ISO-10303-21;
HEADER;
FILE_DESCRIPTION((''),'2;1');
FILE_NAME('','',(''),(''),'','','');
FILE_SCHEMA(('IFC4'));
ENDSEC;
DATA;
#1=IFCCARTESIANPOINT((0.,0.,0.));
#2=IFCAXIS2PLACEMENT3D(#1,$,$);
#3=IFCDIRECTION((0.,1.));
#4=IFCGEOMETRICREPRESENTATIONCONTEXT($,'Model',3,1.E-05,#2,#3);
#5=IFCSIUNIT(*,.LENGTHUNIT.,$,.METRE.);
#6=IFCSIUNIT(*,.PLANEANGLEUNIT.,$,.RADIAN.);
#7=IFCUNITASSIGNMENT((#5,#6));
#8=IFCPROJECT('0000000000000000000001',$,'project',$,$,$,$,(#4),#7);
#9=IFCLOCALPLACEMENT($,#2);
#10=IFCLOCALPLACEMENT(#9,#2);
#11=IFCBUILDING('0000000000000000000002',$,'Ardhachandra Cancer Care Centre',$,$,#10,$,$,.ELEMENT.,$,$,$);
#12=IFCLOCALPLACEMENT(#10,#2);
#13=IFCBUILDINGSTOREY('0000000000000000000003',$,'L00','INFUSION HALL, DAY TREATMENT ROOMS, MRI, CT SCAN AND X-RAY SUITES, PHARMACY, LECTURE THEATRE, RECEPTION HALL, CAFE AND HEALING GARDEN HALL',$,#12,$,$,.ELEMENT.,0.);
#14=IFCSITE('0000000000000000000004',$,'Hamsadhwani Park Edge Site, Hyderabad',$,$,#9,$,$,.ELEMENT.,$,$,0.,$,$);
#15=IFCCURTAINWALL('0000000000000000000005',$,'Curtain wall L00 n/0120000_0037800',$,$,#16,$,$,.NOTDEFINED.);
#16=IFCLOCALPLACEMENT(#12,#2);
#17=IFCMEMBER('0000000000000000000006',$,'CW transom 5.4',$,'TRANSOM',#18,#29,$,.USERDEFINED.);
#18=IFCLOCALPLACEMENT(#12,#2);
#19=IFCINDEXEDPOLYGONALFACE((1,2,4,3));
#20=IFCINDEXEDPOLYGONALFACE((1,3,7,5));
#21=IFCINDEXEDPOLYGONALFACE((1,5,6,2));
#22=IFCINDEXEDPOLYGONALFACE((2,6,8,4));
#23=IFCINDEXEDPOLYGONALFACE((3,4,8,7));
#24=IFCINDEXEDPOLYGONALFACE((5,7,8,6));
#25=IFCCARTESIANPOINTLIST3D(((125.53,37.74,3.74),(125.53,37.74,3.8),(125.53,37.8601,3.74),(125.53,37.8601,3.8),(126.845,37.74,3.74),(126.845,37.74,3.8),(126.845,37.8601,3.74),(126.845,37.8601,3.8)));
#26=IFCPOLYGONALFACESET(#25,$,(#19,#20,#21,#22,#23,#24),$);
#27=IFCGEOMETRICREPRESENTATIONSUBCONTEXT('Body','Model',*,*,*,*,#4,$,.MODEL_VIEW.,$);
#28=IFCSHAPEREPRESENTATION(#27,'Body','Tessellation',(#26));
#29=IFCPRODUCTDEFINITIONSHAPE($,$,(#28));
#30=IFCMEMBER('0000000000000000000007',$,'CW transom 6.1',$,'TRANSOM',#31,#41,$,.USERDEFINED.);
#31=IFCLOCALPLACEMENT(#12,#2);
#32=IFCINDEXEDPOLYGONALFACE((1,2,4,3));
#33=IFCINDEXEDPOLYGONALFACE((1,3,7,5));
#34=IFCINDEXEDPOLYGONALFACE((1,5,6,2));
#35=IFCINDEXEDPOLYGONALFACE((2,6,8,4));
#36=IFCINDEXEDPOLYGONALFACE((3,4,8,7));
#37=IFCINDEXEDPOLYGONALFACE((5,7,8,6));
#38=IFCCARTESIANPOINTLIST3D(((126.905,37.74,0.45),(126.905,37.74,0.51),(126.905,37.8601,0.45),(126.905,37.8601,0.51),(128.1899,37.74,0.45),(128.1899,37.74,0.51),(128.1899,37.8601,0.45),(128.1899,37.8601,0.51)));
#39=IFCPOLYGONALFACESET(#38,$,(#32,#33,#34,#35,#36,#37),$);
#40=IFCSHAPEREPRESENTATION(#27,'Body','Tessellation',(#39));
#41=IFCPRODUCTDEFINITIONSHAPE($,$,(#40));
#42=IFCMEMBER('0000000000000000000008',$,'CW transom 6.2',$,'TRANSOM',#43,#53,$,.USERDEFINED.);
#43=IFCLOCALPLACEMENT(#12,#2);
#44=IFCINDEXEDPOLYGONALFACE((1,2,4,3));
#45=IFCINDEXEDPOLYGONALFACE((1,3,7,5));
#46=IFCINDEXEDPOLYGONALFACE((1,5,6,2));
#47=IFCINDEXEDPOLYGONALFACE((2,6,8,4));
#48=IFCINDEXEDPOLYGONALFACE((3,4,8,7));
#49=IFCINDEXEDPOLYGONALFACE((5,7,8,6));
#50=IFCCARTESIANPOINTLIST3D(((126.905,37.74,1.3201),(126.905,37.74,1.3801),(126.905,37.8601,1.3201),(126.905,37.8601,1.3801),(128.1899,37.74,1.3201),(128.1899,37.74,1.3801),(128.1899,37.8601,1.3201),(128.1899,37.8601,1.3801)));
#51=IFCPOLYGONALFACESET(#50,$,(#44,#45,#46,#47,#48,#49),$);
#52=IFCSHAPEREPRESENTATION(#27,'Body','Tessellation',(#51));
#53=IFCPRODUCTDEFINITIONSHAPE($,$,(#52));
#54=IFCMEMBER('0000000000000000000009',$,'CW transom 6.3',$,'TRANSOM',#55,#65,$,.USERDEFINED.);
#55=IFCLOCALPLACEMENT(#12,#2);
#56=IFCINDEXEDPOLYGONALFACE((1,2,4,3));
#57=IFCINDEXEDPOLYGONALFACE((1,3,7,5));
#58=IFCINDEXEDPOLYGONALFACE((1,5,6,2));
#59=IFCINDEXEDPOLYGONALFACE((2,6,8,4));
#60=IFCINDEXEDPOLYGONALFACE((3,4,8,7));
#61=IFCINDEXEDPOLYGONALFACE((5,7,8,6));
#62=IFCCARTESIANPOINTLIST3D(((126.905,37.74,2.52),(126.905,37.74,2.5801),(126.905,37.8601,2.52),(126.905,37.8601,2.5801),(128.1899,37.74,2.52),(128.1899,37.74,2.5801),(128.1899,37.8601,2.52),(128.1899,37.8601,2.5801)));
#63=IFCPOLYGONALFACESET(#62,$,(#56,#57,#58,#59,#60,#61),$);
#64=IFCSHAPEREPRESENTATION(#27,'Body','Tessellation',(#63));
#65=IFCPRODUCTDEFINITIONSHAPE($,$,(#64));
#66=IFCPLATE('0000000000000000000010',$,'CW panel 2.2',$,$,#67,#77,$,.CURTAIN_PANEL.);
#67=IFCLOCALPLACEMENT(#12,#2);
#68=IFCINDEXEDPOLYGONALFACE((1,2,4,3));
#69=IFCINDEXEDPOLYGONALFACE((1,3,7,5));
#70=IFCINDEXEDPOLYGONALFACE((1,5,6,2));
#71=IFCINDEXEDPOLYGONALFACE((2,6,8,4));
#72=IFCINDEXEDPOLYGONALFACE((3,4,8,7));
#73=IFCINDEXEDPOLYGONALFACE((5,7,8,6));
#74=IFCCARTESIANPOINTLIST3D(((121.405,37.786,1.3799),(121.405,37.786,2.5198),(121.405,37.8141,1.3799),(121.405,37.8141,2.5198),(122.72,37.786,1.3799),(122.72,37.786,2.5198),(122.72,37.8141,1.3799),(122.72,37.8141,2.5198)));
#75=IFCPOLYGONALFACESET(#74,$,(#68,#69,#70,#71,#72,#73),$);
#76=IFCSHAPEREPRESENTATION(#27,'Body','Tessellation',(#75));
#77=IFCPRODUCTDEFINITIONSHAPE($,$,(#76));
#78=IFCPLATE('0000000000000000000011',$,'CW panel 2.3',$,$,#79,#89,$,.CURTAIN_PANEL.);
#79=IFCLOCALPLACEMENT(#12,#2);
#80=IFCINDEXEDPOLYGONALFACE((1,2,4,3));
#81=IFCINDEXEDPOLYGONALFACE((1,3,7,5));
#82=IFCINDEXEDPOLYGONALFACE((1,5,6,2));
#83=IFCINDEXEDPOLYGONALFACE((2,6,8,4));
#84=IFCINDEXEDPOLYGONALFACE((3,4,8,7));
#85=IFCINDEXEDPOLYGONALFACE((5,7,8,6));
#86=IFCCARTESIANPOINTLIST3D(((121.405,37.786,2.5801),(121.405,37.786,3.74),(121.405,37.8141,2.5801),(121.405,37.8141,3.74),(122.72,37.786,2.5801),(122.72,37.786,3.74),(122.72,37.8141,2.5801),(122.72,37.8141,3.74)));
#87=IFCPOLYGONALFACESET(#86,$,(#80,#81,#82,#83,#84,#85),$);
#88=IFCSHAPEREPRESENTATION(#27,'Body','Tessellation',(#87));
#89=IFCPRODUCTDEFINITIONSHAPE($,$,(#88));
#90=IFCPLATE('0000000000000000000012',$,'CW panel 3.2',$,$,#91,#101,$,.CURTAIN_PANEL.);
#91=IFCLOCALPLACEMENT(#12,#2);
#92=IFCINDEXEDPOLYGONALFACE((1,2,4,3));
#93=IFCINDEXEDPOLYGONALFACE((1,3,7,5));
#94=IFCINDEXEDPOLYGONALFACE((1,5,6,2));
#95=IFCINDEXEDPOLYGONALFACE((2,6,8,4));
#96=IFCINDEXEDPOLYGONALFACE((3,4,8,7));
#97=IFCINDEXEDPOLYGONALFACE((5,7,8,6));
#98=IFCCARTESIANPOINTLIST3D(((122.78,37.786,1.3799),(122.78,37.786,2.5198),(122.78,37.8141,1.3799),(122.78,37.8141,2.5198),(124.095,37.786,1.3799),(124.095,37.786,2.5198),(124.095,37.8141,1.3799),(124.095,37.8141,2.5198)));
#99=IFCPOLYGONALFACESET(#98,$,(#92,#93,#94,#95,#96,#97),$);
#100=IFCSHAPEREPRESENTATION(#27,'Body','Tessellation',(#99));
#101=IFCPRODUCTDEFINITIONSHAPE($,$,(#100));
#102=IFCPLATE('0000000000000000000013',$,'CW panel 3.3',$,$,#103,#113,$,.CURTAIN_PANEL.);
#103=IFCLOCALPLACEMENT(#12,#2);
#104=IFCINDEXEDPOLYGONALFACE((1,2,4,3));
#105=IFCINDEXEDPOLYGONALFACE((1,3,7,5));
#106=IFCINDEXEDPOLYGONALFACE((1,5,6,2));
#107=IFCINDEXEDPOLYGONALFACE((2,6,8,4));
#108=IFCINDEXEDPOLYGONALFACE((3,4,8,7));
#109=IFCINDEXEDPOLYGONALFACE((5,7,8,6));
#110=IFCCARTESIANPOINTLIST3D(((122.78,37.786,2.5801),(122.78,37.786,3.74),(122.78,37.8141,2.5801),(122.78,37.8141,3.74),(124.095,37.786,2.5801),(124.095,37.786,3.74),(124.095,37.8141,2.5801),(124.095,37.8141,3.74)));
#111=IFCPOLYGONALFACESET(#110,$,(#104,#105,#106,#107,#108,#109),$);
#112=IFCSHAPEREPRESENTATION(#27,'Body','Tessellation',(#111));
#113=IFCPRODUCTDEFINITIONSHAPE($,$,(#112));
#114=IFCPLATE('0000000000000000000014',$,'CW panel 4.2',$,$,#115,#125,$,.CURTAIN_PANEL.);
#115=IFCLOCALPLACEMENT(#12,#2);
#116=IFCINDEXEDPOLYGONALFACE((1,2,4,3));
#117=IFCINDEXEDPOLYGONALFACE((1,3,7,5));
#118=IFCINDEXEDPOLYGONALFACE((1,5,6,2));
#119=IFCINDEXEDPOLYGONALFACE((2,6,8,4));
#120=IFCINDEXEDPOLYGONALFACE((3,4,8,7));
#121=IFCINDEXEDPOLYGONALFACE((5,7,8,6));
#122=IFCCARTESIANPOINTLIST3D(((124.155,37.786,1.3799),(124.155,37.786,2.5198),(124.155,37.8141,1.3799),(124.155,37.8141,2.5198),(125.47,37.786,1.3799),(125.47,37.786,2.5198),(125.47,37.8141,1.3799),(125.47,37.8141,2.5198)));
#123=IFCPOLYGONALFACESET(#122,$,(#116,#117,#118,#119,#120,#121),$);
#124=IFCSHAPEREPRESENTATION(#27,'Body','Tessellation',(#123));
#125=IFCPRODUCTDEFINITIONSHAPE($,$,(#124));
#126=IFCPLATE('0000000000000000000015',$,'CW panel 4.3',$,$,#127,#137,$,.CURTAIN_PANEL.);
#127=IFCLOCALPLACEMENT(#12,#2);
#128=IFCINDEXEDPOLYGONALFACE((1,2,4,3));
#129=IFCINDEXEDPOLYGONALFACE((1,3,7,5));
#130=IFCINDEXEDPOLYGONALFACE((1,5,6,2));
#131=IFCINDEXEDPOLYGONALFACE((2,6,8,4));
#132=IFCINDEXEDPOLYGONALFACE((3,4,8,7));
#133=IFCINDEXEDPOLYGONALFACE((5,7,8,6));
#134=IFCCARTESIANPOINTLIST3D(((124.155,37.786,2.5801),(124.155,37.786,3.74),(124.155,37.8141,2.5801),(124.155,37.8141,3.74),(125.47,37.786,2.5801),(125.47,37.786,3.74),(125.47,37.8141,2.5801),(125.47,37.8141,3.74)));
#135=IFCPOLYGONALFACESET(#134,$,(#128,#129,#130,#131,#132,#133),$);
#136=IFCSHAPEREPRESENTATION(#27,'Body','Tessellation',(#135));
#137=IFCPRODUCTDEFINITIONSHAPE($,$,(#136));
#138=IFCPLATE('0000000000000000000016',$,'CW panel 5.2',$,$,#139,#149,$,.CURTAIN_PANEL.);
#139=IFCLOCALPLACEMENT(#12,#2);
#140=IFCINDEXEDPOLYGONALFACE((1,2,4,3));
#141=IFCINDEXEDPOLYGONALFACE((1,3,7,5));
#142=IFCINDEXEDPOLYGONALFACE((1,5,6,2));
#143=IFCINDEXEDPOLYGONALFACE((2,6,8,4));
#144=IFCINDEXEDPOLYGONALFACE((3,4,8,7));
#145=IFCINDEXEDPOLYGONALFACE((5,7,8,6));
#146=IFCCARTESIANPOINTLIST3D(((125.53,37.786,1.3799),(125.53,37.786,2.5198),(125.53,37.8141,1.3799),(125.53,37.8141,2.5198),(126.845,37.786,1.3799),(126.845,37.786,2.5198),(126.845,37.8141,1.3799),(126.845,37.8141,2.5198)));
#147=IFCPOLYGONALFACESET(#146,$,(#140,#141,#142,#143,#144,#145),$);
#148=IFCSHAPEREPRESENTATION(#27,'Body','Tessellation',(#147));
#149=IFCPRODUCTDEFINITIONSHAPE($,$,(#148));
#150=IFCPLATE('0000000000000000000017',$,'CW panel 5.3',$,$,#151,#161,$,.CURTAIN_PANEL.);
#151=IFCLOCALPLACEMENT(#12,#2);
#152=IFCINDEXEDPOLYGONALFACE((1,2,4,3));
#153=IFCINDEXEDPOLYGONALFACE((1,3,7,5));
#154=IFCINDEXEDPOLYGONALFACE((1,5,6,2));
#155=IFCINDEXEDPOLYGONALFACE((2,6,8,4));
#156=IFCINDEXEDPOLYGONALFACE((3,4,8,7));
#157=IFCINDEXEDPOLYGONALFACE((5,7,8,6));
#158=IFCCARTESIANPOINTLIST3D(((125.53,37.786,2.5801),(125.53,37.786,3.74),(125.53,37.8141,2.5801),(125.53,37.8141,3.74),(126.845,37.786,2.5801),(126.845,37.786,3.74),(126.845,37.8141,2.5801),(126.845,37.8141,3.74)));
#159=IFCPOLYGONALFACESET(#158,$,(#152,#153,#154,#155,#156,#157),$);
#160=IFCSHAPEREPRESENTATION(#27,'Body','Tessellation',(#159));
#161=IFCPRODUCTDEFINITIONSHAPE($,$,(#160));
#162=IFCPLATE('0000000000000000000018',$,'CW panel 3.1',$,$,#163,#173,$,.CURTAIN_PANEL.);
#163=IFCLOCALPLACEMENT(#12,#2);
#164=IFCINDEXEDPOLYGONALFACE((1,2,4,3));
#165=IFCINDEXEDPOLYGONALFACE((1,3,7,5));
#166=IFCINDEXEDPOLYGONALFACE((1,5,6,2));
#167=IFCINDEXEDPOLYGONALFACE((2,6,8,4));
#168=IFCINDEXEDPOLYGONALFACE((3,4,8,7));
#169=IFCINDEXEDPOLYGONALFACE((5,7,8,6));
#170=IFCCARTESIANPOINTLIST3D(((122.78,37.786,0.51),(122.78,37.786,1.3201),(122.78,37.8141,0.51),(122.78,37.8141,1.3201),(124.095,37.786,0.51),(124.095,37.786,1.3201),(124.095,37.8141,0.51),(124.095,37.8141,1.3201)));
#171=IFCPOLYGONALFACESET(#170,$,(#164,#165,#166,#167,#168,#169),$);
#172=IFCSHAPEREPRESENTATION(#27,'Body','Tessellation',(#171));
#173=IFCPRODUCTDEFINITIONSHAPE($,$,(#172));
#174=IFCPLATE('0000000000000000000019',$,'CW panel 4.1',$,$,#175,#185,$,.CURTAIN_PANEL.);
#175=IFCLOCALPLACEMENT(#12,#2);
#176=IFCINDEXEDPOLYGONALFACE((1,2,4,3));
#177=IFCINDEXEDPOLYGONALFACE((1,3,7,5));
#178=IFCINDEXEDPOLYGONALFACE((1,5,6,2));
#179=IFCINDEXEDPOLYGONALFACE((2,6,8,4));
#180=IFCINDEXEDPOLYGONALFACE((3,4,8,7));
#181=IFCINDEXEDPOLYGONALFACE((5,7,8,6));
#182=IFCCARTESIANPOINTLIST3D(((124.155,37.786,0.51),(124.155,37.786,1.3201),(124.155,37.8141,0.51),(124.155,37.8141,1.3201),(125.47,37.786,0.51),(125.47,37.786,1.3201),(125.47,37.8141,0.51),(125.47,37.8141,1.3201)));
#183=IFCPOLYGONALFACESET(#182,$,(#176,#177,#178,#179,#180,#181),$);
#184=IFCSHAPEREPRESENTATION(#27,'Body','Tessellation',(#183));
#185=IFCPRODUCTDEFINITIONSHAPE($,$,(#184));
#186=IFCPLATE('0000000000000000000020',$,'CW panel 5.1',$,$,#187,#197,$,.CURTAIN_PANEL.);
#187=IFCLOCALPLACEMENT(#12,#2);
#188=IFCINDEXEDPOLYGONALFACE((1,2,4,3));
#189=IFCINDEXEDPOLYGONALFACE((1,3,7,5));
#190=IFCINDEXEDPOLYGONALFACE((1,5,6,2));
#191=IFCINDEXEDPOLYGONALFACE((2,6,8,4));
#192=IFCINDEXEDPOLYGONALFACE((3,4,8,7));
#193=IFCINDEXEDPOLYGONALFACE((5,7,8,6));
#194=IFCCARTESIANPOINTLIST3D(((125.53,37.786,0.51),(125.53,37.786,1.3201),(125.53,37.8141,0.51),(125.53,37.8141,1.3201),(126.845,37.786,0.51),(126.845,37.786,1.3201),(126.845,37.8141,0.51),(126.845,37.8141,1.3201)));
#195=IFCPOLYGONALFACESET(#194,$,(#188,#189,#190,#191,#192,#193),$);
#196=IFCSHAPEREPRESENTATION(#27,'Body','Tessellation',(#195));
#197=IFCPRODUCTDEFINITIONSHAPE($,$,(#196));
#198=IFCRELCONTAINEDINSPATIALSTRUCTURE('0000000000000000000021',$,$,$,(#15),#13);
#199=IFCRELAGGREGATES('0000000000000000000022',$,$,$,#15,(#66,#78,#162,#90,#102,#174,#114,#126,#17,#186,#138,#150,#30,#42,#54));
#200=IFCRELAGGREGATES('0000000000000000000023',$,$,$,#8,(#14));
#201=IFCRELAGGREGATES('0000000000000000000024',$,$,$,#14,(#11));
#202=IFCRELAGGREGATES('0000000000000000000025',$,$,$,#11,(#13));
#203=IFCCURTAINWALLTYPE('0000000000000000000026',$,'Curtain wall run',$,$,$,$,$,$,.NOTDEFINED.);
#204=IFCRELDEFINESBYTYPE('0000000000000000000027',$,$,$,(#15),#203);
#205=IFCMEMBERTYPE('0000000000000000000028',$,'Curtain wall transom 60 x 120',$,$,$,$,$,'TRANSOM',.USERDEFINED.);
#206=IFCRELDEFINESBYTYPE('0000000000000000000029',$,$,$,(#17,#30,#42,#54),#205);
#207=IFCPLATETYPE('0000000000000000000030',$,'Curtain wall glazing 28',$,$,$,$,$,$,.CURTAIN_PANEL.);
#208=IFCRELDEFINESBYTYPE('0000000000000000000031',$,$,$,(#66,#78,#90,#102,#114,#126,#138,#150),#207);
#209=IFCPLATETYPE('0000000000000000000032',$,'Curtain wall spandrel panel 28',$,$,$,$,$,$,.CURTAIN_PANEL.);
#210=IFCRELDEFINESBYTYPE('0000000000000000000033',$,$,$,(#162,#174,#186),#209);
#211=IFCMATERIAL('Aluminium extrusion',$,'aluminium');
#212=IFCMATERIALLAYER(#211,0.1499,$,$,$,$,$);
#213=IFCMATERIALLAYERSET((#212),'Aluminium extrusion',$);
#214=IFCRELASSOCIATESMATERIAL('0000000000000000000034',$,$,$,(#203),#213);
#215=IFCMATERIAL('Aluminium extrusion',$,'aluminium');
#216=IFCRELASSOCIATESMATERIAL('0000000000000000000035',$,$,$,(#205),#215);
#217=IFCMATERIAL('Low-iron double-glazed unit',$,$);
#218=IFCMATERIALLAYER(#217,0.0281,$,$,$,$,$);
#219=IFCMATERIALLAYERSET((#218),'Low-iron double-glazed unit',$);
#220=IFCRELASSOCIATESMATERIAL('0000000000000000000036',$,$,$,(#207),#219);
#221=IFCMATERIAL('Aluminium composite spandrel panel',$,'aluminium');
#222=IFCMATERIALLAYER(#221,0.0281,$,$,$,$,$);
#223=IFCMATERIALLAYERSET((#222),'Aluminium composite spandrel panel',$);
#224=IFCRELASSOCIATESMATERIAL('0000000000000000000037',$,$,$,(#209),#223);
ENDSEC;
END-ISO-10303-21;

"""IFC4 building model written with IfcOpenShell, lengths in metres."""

from ifc_helpers import new_model, si_unit, direction, frame, origin, origin_2d, place, context, subcontext, project, spatial, rectangle, extrude, material, layer, layer_set, material_profile, profile_set, type_object, element, aggregate, save


model = new_model("IFC4")

# Units and contexts
model_context = context("Model", 3, precision=1e-05, world=origin(), true_north=direction((0.0, 1.0)))
body_context = subcontext(model_context, "Body", "Model", "MODEL_VIEW")
ifc_project = project(units=[si_unit("LENGTHUNIT", "METRE"), si_unit("PLANEANGLEUNIT", "RADIAN")], contexts=[model_context])

# Site, building, storey
site_placement = place(None, origin())
site = spatial("IfcSite", under=ifc_project, at=site_placement, Name="Hamsadhwani Park Edge Site, Hyderabad", CompositionType="ELEMENT", RefElevation=0.0)
building_placement = place(site_placement, origin())
building = spatial("IfcBuilding", under=site, at=building_placement, Name="Ardhachandra Cancer Care Centre", CompositionType="ELEMENT")
storey_placement = place(building_placement, origin())
storey = spatial("IfcBuildingStorey", under=building, at=storey_placement, Name="L00", Description="INFUSION HALL, DAY TREATMENT ROOMS, MRI, CT SCAN AND X-RAY SUITES, PHARMACY, LECTURE THEATRE, RECEPTION HALL, CAFE AND HEALING GARDEN HALL", CompositionType="ELEMENT", Elevation=0.0)

# Curtain wall, members, plates
ifc_material_1 = material(Name="Aluminium extrusion", Category="aluminium")
ifc_layer_1 = layer(ifc_material_1, 0.1499)
ifc_layer_set_1 = layer_set([ifc_layer_1], Name="Aluminium extrusion")
curtain_wall_type = type_object("IfcCurtainWallType", Name="Curtain wall run", PredefinedType="NOTDEFINED", material=ifc_layer_set_1)
curtain_wall_placement = place(storey_placement, origin())
curtain_wall = element("IfcCurtainWall", 1, at=curtain_wall_placement, inside=storey, type_object=curtain_wall_type, Name="Curtain wall L00 n/0120000_0037800", PredefinedType="NOTDEFINED")
ifc_material_2 = material(Name="Aluminium extrusion", Category="aluminium")
ifc_material_profile_1 = material_profile(ifc_material_2, rectangle(XDim=0.1201, YDim=0.0601, at=origin_2d()), Name="Curtain wall transom 60 x 120")
ifc_profile_set_1 = profile_set([ifc_material_profile_1], Name="Aluminium extrusion")
member_type_1 = type_object("IfcMemberType", Name="Curtain wall transom 60 x 120", ElementType="TRANSOM", PredefinedType="USERDEFINED", material=ifc_profile_set_1)
member_1_placement = place(storey_placement, frame((125.53, 37.8, 3.77), z_axis=(1.0, 0.0, 0.0), x_axis=(0.0, 1.0, 0.0)))
member_1 = element("IfcMember", 2, at=member_1_placement, type_object=member_type_1, Name="CW transom 5.4", ObjectType="TRANSOM", PredefinedType="USERDEFINED", context=body_context, shape_type="SweptSolid", body=[
    extrude(rectangle(XDim=0.1201, YDim=0.0601, at=origin_2d()), origin(), (0.0, 0.0, 1.0), 1.3149),
])
member_2_placement = place(storey_placement, frame((126.905, 37.8, 0.48), z_axis=(1.0, 0.0, 0.0), x_axis=(0.0, 1.0, 0.0)))
member_2 = element("IfcMember", 3, at=member_2_placement, type_object=member_type_1, Name="CW transom 6.1", ObjectType="TRANSOM", PredefinedType="USERDEFINED", context=body_context, shape_type="SweptSolid", body=[
    extrude(rectangle(XDim=0.1201, YDim=0.0601, at=origin_2d()), origin(), (0.0, 0.0, 1.0), 1.2849),
])
member_3_placement = place(storey_placement, frame((126.905, 37.8, 1.3501), z_axis=(1.0, 0.0, 0.0), x_axis=(0.0, 1.0, 0.0)))
member_3 = element("IfcMember", 4, at=member_3_placement, type_object=member_type_1, Name="CW transom 6.2", ObjectType="TRANSOM", PredefinedType="USERDEFINED", context=body_context, shape_type="SweptSolid", body=[
    extrude(rectangle(XDim=0.1201, YDim=0.0601, at=origin_2d()), origin(), (0.0, 0.0, 1.0), 1.2849),
])
member_4_placement = place(storey_placement, frame((126.905, 37.8, 2.55), z_axis=(1.0, 0.0, 0.0), x_axis=(0.0, 1.0, 0.0)))
member_4 = element("IfcMember", 5, at=member_4_placement, type_object=member_type_1, Name="CW transom 6.3", ObjectType="TRANSOM", PredefinedType="USERDEFINED", context=body_context, shape_type="SweptSolid", body=[
    extrude(rectangle(XDim=0.1201, YDim=0.0601, at=origin_2d()), origin(), (0.0, 0.0, 1.0), 1.2849),
])
ifc_material_3 = material(Name="Low-iron double-glazed unit")
ifc_layer_2 = layer(ifc_material_3, 0.0281)
ifc_layer_set_2 = layer_set([ifc_layer_2], Name="Low-iron double-glazed unit")
plate_type_1 = type_object("IfcPlateType", Name="Curtain wall glazing 28", PredefinedType="CURTAIN_PANEL", material=ifc_layer_set_2)
plate_1_placement = place(storey_placement, frame((122.0625, 37.8, 1.3799), z_axis=(0.0, 0.0, 1.0), x_axis=(1.0, 0.0, 0.0)))
plate_1 = element("IfcPlate", 6, at=plate_1_placement, type_object=plate_type_1, Name="CW panel 2.2", PredefinedType="CURTAIN_PANEL", context=body_context, shape_type="SweptSolid", body=[
    extrude(rectangle(XDim=1.3149, YDim=0.0281, at=origin_2d()), origin(), (0.0, 0.0, 1.0), 1.1399),
])
plate_2_placement = place(storey_placement, frame((122.0625, 37.8, 2.5801), z_axis=(0.0, 0.0, 1.0), x_axis=(1.0, 0.0, 0.0)))
plate_2 = element("IfcPlate", 7, at=plate_2_placement, type_object=plate_type_1, Name="CW panel 2.3", PredefinedType="CURTAIN_PANEL", context=body_context, shape_type="SweptSolid", body=[
    extrude(rectangle(XDim=1.3149, YDim=0.0281, at=origin_2d()), origin(), (0.0, 0.0, 1.0), 1.1599),
])
plate_3_placement = place(storey_placement, frame((123.4375, 37.8, 1.3799), z_axis=(0.0, 0.0, 1.0), x_axis=(1.0, 0.0, 0.0)))
plate_3 = element("IfcPlate", 8, at=plate_3_placement, type_object=plate_type_1, Name="CW panel 3.2", PredefinedType="CURTAIN_PANEL", context=body_context, shape_type="SweptSolid", body=[
    extrude(rectangle(XDim=1.3149, YDim=0.0281, at=origin_2d()), origin(), (0.0, 0.0, 1.0), 1.1399),
])
plate_4_placement = place(storey_placement, frame((123.4375, 37.8, 2.5801), z_axis=(0.0, 0.0, 1.0), x_axis=(1.0, 0.0, 0.0)))
plate_4 = element("IfcPlate", 9, at=plate_4_placement, type_object=plate_type_1, Name="CW panel 3.3", PredefinedType="CURTAIN_PANEL", context=body_context, shape_type="SweptSolid", body=[
    extrude(rectangle(XDim=1.3149, YDim=0.0281, at=origin_2d()), origin(), (0.0, 0.0, 1.0), 1.1599),
])
plate_5_placement = place(storey_placement, frame((124.8125, 37.8, 1.3799), z_axis=(0.0, 0.0, 1.0), x_axis=(1.0, 0.0, 0.0)))
plate_5 = element("IfcPlate", 10, at=plate_5_placement, type_object=plate_type_1, Name="CW panel 4.2", PredefinedType="CURTAIN_PANEL", context=body_context, shape_type="SweptSolid", body=[
    extrude(rectangle(XDim=1.3149, YDim=0.0281, at=origin_2d()), origin(), (0.0, 0.0, 1.0), 1.1399),
])
plate_6_placement = place(storey_placement, frame((124.8125, 37.8, 2.5801), z_axis=(0.0, 0.0, 1.0), x_axis=(1.0, 0.0, 0.0)))
plate_6 = element("IfcPlate", 11, at=plate_6_placement, type_object=plate_type_1, Name="CW panel 4.3", PredefinedType="CURTAIN_PANEL", context=body_context, shape_type="SweptSolid", body=[
    extrude(rectangle(XDim=1.3149, YDim=0.0281, at=origin_2d()), origin(), (0.0, 0.0, 1.0), 1.1599),
])
plate_7_placement = place(storey_placement, frame((126.1875, 37.8, 1.3799), z_axis=(0.0, 0.0, 1.0), x_axis=(1.0, 0.0, 0.0)))
plate_7 = element("IfcPlate", 12, at=plate_7_placement, type_object=plate_type_1, Name="CW panel 5.2", PredefinedType="CURTAIN_PANEL", context=body_context, shape_type="SweptSolid", body=[
    extrude(rectangle(XDim=1.3149, YDim=0.0281, at=origin_2d()), origin(), (0.0, 0.0, 1.0), 1.1399),
])
plate_8_placement = place(storey_placement, frame((126.1875, 37.8, 2.5801), z_axis=(0.0, 0.0, 1.0), x_axis=(1.0, 0.0, 0.0)))
plate_8 = element("IfcPlate", 13, at=plate_8_placement, type_object=plate_type_1, Name="CW panel 5.3", PredefinedType="CURTAIN_PANEL", context=body_context, shape_type="SweptSolid", body=[
    extrude(rectangle(XDim=1.3149, YDim=0.0281, at=origin_2d()), origin(), (0.0, 0.0, 1.0), 1.1599),
])
ifc_material_4 = material(Name="Aluminium composite spandrel panel", Category="aluminium")
ifc_layer_3 = layer(ifc_material_4, 0.0281)
ifc_layer_set_3 = layer_set([ifc_layer_3], Name="Aluminium composite spandrel panel")
plate_type_2 = type_object("IfcPlateType", Name="Curtain wall spandrel panel 28", PredefinedType="CURTAIN_PANEL", material=ifc_layer_set_3)
plate_9_placement = place(storey_placement, frame((123.4375, 37.8, 0.51), z_axis=(0.0, 0.0, 1.0), x_axis=(1.0, 0.0, 0.0)))
plate_9 = element("IfcPlate", 14, at=plate_9_placement, type_object=plate_type_2, Name="CW panel 3.1", PredefinedType="CURTAIN_PANEL", context=body_context, shape_type="SweptSolid", body=[
    extrude(rectangle(XDim=1.3149, YDim=0.0281, at=origin_2d()), origin(), (0.0, 0.0, 1.0), 0.8101),
])
plate_10_placement = place(storey_placement, frame((124.8125, 37.8, 0.51), z_axis=(0.0, 0.0, 1.0), x_axis=(1.0, 0.0, 0.0)))
plate_10 = element("IfcPlate", 15, at=plate_10_placement, type_object=plate_type_2, Name="CW panel 4.1", PredefinedType="CURTAIN_PANEL", context=body_context, shape_type="SweptSolid", body=[
    extrude(rectangle(XDim=1.3149, YDim=0.0281, at=origin_2d()), origin(), (0.0, 0.0, 1.0), 0.8101),
])
plate_11_placement = place(storey_placement, frame((126.1875, 37.8, 0.51), z_axis=(0.0, 0.0, 1.0), x_axis=(1.0, 0.0, 0.0)))
plate_11 = element("IfcPlate", 16, at=plate_11_placement, type_object=plate_type_2, Name="CW panel 5.1", PredefinedType="CURTAIN_PANEL", context=body_context, shape_type="SweptSolid", body=[
    extrude(rectangle(XDim=1.3149, YDim=0.0281, at=origin_2d()), origin(), (0.0, 0.0, 1.0), 0.8101),
])
aggregate(curtain_wall, [plate_1, plate_2, plate_9, plate_3, plate_4, plate_10, plate_5, plate_6, member_1, plate_11, plate_7, plate_8, member_2, member_3, member_4])

save(model, "model.ifc")
